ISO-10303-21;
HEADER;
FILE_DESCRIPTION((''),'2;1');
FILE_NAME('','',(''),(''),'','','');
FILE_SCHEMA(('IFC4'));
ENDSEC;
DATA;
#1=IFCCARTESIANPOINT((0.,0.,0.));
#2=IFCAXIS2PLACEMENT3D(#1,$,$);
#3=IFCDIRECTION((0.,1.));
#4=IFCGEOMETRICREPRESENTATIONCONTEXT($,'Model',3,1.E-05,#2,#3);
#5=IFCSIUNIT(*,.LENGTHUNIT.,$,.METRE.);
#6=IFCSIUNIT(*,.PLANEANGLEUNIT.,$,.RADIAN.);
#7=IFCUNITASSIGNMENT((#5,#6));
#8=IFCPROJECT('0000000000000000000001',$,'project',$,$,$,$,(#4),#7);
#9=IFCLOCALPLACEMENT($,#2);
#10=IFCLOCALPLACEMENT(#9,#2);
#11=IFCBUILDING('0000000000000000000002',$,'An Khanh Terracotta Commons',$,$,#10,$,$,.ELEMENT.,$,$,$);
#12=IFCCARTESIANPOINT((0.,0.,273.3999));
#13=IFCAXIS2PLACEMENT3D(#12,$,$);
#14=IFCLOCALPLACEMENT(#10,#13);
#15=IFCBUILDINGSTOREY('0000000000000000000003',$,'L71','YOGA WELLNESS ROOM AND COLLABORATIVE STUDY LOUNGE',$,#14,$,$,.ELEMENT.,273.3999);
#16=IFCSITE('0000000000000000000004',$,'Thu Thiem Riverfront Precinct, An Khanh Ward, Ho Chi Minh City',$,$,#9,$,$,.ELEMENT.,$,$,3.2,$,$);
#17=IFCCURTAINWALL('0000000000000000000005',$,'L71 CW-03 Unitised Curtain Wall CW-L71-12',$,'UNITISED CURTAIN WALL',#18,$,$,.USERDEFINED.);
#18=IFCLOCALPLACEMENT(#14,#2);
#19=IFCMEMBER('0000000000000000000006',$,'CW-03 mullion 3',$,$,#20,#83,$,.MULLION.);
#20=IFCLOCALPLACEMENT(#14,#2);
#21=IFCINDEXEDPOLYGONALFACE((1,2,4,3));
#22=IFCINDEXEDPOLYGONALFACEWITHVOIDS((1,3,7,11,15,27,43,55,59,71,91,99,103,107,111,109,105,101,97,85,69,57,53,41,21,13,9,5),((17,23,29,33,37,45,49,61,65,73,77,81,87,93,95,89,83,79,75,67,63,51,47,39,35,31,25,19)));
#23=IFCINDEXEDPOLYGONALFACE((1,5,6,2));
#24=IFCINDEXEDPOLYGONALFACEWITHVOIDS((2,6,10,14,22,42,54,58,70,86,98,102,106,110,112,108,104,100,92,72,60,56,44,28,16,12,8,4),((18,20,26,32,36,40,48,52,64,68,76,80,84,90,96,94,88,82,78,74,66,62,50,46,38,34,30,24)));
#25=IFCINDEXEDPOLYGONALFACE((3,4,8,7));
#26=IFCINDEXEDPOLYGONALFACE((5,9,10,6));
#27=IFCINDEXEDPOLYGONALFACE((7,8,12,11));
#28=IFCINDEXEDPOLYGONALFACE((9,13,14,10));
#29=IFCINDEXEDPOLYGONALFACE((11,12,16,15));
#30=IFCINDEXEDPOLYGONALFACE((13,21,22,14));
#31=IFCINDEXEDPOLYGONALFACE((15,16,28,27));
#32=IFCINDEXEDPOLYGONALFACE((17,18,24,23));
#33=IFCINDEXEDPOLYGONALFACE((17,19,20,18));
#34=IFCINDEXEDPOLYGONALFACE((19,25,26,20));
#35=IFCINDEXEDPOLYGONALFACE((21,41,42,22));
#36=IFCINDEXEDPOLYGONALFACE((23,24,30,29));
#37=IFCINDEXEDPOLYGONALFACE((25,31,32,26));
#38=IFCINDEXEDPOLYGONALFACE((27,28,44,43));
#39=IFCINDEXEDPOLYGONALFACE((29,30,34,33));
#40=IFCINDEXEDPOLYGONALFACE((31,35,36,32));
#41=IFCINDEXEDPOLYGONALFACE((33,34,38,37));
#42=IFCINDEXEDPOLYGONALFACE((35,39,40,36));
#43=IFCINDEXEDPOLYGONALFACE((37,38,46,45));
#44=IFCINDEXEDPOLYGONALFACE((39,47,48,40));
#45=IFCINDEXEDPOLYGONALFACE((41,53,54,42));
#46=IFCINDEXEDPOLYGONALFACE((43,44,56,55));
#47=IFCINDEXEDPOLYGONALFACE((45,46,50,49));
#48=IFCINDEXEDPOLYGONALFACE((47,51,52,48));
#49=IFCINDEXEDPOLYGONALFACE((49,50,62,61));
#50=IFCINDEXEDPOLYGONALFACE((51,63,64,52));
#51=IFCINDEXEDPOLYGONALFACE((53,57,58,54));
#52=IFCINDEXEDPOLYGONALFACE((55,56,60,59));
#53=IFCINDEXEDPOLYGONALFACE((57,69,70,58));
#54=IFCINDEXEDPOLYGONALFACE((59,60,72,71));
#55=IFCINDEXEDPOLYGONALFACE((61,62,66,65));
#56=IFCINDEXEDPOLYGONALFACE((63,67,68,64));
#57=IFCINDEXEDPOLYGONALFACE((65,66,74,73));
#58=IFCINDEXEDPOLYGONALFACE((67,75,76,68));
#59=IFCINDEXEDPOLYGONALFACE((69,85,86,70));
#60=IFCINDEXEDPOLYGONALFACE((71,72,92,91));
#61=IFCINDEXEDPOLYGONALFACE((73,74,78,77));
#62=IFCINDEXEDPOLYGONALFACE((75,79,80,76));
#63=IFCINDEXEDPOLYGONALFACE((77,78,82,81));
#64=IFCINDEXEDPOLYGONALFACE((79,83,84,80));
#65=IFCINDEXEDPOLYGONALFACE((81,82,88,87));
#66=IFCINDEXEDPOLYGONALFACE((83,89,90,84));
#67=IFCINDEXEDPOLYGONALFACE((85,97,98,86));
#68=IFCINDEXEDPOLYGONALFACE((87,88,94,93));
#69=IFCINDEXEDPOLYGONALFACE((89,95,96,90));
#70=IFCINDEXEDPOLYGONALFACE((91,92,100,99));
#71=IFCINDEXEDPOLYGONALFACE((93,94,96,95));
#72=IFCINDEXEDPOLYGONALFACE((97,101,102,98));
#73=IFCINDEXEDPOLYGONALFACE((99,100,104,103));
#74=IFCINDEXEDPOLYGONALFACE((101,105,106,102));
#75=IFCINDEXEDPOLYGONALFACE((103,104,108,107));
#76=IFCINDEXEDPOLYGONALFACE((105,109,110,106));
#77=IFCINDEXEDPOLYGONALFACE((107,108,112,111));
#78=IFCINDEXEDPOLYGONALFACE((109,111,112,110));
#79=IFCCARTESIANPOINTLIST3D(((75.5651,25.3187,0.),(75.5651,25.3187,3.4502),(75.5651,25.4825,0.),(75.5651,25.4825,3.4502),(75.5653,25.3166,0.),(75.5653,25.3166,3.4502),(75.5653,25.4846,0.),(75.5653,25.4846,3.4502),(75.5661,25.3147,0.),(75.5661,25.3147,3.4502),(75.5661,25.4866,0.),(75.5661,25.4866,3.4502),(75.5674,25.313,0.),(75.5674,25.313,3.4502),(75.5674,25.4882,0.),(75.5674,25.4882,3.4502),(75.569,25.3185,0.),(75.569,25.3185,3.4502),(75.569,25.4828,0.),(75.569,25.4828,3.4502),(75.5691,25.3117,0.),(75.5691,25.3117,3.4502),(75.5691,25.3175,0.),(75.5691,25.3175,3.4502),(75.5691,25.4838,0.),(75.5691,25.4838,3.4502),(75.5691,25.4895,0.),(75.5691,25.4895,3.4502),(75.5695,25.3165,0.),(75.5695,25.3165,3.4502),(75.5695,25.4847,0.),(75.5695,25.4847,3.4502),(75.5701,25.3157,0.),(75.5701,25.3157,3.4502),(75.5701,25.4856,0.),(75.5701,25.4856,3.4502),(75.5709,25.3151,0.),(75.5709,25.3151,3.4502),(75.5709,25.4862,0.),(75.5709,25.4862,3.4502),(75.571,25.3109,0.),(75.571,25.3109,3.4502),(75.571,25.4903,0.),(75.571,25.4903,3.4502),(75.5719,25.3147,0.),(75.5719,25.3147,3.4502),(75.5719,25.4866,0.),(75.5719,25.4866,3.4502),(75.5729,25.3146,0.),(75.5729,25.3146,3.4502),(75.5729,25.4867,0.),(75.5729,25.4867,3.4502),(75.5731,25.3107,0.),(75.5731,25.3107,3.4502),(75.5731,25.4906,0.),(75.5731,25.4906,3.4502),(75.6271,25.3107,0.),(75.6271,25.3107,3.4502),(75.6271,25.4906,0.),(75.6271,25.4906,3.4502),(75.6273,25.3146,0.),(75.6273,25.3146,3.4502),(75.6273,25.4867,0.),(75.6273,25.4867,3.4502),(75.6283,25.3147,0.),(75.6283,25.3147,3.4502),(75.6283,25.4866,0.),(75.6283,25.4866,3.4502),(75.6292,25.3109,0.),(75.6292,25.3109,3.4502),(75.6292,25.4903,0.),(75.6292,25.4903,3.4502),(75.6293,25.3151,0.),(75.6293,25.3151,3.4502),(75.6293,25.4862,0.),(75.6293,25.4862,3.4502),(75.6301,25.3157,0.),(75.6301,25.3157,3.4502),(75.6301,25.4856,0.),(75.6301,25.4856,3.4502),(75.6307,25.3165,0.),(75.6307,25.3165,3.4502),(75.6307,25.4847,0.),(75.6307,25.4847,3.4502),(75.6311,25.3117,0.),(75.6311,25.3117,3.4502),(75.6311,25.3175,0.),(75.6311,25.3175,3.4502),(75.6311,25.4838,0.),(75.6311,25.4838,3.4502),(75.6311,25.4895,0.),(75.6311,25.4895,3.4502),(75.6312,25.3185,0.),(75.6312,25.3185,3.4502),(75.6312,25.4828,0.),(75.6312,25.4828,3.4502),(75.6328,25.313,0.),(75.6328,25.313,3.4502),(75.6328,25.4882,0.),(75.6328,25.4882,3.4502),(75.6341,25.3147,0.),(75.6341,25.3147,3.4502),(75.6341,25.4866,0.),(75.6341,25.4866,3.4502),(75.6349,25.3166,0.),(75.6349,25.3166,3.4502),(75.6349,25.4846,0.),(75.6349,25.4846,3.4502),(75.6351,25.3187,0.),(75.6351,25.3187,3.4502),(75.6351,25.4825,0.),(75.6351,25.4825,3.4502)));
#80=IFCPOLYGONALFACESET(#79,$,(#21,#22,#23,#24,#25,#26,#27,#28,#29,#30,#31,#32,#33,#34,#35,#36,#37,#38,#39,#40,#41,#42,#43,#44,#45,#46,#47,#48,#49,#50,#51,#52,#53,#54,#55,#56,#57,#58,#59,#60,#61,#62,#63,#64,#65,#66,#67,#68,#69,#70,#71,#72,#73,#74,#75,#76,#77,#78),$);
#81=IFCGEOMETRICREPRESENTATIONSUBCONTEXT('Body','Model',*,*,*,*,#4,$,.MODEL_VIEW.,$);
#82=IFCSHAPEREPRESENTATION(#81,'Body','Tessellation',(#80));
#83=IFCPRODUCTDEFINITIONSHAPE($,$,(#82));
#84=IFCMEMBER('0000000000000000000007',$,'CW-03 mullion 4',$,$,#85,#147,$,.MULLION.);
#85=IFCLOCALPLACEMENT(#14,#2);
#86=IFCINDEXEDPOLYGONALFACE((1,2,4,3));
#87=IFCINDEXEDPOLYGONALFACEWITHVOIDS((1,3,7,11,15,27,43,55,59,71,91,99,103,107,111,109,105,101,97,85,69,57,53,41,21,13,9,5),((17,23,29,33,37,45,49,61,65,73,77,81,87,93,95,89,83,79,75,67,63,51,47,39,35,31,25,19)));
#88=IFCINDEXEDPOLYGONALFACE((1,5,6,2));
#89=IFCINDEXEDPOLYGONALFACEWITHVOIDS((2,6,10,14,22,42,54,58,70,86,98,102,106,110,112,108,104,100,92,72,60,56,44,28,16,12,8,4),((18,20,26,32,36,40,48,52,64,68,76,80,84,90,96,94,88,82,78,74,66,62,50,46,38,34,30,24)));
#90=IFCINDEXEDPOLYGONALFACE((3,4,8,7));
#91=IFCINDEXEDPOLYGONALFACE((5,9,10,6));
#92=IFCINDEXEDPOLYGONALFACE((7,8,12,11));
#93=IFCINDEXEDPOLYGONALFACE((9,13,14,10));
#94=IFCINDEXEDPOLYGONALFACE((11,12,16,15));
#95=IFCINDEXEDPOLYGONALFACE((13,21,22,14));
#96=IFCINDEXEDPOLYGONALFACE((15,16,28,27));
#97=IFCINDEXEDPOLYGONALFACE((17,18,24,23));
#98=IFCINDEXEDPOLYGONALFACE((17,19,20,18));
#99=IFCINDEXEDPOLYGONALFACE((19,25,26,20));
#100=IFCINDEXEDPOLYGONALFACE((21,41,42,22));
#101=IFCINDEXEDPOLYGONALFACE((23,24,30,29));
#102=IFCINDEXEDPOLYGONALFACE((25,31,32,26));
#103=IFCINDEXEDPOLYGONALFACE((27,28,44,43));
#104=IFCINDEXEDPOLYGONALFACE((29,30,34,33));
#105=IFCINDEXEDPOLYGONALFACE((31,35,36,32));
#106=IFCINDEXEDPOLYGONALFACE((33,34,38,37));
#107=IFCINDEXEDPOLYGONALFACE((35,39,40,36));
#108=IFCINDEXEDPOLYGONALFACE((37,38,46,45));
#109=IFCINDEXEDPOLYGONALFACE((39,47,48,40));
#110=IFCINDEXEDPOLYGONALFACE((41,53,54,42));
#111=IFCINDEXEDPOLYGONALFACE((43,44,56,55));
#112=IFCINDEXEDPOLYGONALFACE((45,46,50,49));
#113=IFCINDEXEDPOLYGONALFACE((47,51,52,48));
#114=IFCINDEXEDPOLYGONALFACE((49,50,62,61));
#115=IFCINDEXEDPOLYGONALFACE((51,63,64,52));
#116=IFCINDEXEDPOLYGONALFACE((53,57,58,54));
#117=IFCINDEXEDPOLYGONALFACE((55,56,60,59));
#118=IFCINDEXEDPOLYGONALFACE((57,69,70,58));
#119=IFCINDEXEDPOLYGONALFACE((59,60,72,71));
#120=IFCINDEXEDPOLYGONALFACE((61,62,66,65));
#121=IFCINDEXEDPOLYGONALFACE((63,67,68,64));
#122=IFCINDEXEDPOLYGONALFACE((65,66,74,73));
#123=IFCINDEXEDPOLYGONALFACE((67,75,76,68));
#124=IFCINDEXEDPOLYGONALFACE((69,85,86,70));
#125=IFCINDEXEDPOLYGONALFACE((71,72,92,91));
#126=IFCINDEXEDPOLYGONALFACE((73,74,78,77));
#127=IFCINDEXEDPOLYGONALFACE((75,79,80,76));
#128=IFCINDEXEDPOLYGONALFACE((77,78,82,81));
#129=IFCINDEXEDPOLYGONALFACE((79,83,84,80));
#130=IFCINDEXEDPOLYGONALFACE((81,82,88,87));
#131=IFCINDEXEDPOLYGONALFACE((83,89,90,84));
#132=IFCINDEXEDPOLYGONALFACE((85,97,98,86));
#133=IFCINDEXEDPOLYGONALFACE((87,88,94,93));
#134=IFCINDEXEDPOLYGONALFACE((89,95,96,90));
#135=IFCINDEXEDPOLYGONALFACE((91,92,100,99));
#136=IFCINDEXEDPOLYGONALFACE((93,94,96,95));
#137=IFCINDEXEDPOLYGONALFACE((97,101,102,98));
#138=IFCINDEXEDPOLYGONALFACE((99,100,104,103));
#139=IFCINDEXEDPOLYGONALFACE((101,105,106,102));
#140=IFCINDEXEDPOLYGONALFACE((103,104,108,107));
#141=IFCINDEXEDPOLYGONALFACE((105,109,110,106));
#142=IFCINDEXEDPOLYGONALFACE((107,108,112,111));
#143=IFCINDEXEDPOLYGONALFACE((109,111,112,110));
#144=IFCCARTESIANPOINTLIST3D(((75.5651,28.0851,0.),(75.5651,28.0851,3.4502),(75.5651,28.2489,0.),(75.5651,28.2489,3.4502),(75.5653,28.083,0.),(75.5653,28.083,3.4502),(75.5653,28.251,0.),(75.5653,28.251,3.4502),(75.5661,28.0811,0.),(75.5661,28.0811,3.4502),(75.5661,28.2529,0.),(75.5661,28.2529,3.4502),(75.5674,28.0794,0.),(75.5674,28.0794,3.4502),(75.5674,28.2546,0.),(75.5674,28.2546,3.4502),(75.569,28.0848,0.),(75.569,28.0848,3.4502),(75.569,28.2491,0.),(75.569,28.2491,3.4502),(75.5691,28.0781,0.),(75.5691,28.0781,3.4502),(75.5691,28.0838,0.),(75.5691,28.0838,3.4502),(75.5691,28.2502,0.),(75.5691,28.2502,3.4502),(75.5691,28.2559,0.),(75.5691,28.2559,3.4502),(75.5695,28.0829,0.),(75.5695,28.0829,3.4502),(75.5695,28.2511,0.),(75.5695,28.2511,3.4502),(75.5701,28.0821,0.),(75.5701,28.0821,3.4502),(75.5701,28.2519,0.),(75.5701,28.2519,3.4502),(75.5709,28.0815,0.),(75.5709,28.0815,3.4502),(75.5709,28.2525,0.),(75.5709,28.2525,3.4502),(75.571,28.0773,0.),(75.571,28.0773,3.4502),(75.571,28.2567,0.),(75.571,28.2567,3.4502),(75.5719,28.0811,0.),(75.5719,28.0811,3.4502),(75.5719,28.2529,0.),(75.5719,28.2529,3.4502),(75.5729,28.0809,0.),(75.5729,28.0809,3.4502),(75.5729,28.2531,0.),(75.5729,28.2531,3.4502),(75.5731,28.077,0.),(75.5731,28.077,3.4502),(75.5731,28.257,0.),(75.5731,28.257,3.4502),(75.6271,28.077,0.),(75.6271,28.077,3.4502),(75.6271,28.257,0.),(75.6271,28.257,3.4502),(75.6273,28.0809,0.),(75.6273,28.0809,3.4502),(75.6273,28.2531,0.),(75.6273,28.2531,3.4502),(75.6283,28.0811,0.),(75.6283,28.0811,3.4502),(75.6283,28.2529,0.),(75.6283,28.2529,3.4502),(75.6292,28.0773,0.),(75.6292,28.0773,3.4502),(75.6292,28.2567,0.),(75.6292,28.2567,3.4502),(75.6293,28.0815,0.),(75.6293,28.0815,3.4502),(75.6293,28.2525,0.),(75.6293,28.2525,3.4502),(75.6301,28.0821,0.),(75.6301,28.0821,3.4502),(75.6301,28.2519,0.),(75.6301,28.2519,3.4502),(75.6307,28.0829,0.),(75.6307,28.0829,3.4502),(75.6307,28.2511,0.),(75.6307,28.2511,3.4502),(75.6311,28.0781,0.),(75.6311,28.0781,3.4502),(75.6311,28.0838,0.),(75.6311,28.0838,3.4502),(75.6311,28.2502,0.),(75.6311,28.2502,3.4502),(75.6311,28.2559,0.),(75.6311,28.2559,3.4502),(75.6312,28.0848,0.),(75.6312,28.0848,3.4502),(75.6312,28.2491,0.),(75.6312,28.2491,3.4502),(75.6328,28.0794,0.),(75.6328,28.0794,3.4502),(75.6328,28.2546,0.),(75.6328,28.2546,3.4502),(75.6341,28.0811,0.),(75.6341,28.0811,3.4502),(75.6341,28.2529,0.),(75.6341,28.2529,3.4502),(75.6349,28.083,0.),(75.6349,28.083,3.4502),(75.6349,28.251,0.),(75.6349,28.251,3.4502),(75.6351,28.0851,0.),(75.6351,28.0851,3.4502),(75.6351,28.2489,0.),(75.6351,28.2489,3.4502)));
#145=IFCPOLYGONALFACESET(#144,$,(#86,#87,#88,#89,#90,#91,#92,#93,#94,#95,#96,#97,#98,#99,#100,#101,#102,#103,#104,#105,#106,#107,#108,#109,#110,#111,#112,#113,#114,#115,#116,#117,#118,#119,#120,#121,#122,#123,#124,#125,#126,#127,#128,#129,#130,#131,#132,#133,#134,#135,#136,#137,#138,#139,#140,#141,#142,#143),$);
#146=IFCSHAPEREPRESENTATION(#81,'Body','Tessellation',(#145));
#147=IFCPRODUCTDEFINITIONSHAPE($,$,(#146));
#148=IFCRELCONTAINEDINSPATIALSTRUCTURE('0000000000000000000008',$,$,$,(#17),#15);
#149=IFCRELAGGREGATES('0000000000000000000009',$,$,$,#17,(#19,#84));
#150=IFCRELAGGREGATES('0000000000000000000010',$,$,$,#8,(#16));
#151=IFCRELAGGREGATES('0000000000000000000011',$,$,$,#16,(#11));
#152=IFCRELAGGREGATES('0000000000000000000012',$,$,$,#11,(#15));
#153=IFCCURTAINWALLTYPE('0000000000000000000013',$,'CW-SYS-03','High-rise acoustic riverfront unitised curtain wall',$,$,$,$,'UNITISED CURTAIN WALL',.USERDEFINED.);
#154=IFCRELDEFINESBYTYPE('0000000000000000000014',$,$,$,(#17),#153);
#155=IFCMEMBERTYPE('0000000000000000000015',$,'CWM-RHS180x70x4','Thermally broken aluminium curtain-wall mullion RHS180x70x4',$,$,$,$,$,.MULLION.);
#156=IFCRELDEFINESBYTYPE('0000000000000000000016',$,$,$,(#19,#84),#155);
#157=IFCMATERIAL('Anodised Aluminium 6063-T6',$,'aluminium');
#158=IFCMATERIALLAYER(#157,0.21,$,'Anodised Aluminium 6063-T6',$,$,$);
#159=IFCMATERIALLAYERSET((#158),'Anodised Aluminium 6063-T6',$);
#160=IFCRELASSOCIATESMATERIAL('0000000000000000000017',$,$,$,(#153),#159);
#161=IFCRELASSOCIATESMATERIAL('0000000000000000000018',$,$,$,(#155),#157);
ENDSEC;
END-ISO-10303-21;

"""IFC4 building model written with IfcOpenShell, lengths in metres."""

from ifc_helpers import new_model, si_unit, direction, frame, origin, origin_2d, place, context, subcontext, project, spatial, hollow_rectangle, extrude, material, layer, layer_set, material_profile, profile_set, type_object, element, aggregate, save


model = new_model("IFC4")

# Units and contexts
model_context = context("Model", 3, precision=1e-05, world=origin(), true_north=direction((0.0, 1.0)))
body_context = subcontext(model_context, "Body", "Model", "MODEL_VIEW")
ifc_project = project(units=[si_unit("LENGTHUNIT", "METRE"), si_unit("PLANEANGLEUNIT", "RADIAN")], contexts=[model_context])

# Site, building, storey
site_placement = place(None, origin())
site = spatial("IfcSite", under=ifc_project, at=site_placement, Name="Thu Thiem Riverfront Precinct, An Khanh Ward, Ho Chi Minh City", CompositionType="ELEMENT", RefElevation=3.2)
building_placement = place(site_placement, origin())
building = spatial("IfcBuilding", under=site, at=building_placement, Name="An Khanh Terracotta Commons", CompositionType="ELEMENT")
storey_placement = place(building_placement, frame((0.0, 0.0, 273.3999)))
storey = spatial("IfcBuildingStorey", under=building, at=storey_placement, Name="L71", Description="YOGA WELLNESS ROOM AND COLLABORATIVE STUDY LOUNGE", CompositionType="ELEMENT", Elevation=273.3999)

# Curtain wall, members
ifc_material_1 = material(Name="Anodised Aluminium 6063-T6", Category="aluminium")
ifc_layer_1 = layer(ifc_material_1, 0.21, Name="Anodised Aluminium 6063-T6")
ifc_layer_set_1 = layer_set([ifc_layer_1], Name="Anodised Aluminium 6063-T6")
curtain_wall_type = type_object("IfcCurtainWallType", Name="CW-SYS-03", Description="High-rise acoustic riverfront unitised curtain wall", ElementType="UNITISED CURTAIN WALL", PredefinedType="USERDEFINED", material=ifc_layer_set_1)
curtain_wall_1_placement = place(storey_placement, origin())
curtain_wall_1 = element("IfcCurtainWall", 1, at=curtain_wall_1_placement, inside=storey, type_object=curtain_wall_type, Name="L71 CW-03 Unitised Curtain Wall CW-L71-12", ObjectType="UNITISED CURTAIN WALL", PredefinedType="USERDEFINED")
ifc_material_profile_1 = material_profile(ifc_material_1, hollow_rectangle(XDim=0.0701, YDim=0.1799, WallThickness=0.0039, InnerFilletRadius=0.0039, OuterFilletRadius=0.0081, at=origin_2d()), Name="RHS180x70x4")
ifc_profile_set_1 = profile_set([ifc_material_profile_1], Name="Anodised Aluminium 6063-T6")
member_type_1 = type_object("IfcMemberType", Name="CWM-RHS180x70x4", Description="Thermally broken aluminium curtain-wall mullion RHS180x70x4", PredefinedType="MULLION", material=ifc_profile_set_1)
member_1_placement = place(storey_placement, frame((75.6001, 25.4006, 0.0), z_axis=(0.0, 0.0, 1.0), x_axis=(-1.0, 0.0, 0.0)))
member_1 = element("IfcMember", 2, at=member_1_placement, type_object=member_type_1, Name="CW-03 mullion 3", PredefinedType="MULLION", context=body_context, shape_type="SweptSolid", body=[
    extrude(hollow_rectangle(XDim=0.0701, YDim=0.1799, WallThickness=0.0039, InnerFilletRadius=0.0039, OuterFilletRadius=0.0081, at=origin_2d()), origin(), (0.0, 0.0, 1.0), 3.4502),
])
member_2_placement = place(storey_placement, frame((75.6001, 28.167, 0.0), z_axis=(0.0, 0.0, 1.0), x_axis=(-1.0, 0.0, 0.0)))
member_2 = element("IfcMember", 3, at=member_2_placement, type_object=member_type_1, Name="CW-03 mullion 4", PredefinedType="MULLION", context=body_context, shape_type="SweptSolid", body=[
    extrude(hollow_rectangle(XDim=0.0701, YDim=0.1799, WallThickness=0.0039, InnerFilletRadius=0.0039, OuterFilletRadius=0.0081, at=origin_2d()), origin(), (0.0, 0.0, 1.0), 3.4502),
])

aggregate(curtain_wall_1, [member_1, member_2])

save(model, "model.ifc")
